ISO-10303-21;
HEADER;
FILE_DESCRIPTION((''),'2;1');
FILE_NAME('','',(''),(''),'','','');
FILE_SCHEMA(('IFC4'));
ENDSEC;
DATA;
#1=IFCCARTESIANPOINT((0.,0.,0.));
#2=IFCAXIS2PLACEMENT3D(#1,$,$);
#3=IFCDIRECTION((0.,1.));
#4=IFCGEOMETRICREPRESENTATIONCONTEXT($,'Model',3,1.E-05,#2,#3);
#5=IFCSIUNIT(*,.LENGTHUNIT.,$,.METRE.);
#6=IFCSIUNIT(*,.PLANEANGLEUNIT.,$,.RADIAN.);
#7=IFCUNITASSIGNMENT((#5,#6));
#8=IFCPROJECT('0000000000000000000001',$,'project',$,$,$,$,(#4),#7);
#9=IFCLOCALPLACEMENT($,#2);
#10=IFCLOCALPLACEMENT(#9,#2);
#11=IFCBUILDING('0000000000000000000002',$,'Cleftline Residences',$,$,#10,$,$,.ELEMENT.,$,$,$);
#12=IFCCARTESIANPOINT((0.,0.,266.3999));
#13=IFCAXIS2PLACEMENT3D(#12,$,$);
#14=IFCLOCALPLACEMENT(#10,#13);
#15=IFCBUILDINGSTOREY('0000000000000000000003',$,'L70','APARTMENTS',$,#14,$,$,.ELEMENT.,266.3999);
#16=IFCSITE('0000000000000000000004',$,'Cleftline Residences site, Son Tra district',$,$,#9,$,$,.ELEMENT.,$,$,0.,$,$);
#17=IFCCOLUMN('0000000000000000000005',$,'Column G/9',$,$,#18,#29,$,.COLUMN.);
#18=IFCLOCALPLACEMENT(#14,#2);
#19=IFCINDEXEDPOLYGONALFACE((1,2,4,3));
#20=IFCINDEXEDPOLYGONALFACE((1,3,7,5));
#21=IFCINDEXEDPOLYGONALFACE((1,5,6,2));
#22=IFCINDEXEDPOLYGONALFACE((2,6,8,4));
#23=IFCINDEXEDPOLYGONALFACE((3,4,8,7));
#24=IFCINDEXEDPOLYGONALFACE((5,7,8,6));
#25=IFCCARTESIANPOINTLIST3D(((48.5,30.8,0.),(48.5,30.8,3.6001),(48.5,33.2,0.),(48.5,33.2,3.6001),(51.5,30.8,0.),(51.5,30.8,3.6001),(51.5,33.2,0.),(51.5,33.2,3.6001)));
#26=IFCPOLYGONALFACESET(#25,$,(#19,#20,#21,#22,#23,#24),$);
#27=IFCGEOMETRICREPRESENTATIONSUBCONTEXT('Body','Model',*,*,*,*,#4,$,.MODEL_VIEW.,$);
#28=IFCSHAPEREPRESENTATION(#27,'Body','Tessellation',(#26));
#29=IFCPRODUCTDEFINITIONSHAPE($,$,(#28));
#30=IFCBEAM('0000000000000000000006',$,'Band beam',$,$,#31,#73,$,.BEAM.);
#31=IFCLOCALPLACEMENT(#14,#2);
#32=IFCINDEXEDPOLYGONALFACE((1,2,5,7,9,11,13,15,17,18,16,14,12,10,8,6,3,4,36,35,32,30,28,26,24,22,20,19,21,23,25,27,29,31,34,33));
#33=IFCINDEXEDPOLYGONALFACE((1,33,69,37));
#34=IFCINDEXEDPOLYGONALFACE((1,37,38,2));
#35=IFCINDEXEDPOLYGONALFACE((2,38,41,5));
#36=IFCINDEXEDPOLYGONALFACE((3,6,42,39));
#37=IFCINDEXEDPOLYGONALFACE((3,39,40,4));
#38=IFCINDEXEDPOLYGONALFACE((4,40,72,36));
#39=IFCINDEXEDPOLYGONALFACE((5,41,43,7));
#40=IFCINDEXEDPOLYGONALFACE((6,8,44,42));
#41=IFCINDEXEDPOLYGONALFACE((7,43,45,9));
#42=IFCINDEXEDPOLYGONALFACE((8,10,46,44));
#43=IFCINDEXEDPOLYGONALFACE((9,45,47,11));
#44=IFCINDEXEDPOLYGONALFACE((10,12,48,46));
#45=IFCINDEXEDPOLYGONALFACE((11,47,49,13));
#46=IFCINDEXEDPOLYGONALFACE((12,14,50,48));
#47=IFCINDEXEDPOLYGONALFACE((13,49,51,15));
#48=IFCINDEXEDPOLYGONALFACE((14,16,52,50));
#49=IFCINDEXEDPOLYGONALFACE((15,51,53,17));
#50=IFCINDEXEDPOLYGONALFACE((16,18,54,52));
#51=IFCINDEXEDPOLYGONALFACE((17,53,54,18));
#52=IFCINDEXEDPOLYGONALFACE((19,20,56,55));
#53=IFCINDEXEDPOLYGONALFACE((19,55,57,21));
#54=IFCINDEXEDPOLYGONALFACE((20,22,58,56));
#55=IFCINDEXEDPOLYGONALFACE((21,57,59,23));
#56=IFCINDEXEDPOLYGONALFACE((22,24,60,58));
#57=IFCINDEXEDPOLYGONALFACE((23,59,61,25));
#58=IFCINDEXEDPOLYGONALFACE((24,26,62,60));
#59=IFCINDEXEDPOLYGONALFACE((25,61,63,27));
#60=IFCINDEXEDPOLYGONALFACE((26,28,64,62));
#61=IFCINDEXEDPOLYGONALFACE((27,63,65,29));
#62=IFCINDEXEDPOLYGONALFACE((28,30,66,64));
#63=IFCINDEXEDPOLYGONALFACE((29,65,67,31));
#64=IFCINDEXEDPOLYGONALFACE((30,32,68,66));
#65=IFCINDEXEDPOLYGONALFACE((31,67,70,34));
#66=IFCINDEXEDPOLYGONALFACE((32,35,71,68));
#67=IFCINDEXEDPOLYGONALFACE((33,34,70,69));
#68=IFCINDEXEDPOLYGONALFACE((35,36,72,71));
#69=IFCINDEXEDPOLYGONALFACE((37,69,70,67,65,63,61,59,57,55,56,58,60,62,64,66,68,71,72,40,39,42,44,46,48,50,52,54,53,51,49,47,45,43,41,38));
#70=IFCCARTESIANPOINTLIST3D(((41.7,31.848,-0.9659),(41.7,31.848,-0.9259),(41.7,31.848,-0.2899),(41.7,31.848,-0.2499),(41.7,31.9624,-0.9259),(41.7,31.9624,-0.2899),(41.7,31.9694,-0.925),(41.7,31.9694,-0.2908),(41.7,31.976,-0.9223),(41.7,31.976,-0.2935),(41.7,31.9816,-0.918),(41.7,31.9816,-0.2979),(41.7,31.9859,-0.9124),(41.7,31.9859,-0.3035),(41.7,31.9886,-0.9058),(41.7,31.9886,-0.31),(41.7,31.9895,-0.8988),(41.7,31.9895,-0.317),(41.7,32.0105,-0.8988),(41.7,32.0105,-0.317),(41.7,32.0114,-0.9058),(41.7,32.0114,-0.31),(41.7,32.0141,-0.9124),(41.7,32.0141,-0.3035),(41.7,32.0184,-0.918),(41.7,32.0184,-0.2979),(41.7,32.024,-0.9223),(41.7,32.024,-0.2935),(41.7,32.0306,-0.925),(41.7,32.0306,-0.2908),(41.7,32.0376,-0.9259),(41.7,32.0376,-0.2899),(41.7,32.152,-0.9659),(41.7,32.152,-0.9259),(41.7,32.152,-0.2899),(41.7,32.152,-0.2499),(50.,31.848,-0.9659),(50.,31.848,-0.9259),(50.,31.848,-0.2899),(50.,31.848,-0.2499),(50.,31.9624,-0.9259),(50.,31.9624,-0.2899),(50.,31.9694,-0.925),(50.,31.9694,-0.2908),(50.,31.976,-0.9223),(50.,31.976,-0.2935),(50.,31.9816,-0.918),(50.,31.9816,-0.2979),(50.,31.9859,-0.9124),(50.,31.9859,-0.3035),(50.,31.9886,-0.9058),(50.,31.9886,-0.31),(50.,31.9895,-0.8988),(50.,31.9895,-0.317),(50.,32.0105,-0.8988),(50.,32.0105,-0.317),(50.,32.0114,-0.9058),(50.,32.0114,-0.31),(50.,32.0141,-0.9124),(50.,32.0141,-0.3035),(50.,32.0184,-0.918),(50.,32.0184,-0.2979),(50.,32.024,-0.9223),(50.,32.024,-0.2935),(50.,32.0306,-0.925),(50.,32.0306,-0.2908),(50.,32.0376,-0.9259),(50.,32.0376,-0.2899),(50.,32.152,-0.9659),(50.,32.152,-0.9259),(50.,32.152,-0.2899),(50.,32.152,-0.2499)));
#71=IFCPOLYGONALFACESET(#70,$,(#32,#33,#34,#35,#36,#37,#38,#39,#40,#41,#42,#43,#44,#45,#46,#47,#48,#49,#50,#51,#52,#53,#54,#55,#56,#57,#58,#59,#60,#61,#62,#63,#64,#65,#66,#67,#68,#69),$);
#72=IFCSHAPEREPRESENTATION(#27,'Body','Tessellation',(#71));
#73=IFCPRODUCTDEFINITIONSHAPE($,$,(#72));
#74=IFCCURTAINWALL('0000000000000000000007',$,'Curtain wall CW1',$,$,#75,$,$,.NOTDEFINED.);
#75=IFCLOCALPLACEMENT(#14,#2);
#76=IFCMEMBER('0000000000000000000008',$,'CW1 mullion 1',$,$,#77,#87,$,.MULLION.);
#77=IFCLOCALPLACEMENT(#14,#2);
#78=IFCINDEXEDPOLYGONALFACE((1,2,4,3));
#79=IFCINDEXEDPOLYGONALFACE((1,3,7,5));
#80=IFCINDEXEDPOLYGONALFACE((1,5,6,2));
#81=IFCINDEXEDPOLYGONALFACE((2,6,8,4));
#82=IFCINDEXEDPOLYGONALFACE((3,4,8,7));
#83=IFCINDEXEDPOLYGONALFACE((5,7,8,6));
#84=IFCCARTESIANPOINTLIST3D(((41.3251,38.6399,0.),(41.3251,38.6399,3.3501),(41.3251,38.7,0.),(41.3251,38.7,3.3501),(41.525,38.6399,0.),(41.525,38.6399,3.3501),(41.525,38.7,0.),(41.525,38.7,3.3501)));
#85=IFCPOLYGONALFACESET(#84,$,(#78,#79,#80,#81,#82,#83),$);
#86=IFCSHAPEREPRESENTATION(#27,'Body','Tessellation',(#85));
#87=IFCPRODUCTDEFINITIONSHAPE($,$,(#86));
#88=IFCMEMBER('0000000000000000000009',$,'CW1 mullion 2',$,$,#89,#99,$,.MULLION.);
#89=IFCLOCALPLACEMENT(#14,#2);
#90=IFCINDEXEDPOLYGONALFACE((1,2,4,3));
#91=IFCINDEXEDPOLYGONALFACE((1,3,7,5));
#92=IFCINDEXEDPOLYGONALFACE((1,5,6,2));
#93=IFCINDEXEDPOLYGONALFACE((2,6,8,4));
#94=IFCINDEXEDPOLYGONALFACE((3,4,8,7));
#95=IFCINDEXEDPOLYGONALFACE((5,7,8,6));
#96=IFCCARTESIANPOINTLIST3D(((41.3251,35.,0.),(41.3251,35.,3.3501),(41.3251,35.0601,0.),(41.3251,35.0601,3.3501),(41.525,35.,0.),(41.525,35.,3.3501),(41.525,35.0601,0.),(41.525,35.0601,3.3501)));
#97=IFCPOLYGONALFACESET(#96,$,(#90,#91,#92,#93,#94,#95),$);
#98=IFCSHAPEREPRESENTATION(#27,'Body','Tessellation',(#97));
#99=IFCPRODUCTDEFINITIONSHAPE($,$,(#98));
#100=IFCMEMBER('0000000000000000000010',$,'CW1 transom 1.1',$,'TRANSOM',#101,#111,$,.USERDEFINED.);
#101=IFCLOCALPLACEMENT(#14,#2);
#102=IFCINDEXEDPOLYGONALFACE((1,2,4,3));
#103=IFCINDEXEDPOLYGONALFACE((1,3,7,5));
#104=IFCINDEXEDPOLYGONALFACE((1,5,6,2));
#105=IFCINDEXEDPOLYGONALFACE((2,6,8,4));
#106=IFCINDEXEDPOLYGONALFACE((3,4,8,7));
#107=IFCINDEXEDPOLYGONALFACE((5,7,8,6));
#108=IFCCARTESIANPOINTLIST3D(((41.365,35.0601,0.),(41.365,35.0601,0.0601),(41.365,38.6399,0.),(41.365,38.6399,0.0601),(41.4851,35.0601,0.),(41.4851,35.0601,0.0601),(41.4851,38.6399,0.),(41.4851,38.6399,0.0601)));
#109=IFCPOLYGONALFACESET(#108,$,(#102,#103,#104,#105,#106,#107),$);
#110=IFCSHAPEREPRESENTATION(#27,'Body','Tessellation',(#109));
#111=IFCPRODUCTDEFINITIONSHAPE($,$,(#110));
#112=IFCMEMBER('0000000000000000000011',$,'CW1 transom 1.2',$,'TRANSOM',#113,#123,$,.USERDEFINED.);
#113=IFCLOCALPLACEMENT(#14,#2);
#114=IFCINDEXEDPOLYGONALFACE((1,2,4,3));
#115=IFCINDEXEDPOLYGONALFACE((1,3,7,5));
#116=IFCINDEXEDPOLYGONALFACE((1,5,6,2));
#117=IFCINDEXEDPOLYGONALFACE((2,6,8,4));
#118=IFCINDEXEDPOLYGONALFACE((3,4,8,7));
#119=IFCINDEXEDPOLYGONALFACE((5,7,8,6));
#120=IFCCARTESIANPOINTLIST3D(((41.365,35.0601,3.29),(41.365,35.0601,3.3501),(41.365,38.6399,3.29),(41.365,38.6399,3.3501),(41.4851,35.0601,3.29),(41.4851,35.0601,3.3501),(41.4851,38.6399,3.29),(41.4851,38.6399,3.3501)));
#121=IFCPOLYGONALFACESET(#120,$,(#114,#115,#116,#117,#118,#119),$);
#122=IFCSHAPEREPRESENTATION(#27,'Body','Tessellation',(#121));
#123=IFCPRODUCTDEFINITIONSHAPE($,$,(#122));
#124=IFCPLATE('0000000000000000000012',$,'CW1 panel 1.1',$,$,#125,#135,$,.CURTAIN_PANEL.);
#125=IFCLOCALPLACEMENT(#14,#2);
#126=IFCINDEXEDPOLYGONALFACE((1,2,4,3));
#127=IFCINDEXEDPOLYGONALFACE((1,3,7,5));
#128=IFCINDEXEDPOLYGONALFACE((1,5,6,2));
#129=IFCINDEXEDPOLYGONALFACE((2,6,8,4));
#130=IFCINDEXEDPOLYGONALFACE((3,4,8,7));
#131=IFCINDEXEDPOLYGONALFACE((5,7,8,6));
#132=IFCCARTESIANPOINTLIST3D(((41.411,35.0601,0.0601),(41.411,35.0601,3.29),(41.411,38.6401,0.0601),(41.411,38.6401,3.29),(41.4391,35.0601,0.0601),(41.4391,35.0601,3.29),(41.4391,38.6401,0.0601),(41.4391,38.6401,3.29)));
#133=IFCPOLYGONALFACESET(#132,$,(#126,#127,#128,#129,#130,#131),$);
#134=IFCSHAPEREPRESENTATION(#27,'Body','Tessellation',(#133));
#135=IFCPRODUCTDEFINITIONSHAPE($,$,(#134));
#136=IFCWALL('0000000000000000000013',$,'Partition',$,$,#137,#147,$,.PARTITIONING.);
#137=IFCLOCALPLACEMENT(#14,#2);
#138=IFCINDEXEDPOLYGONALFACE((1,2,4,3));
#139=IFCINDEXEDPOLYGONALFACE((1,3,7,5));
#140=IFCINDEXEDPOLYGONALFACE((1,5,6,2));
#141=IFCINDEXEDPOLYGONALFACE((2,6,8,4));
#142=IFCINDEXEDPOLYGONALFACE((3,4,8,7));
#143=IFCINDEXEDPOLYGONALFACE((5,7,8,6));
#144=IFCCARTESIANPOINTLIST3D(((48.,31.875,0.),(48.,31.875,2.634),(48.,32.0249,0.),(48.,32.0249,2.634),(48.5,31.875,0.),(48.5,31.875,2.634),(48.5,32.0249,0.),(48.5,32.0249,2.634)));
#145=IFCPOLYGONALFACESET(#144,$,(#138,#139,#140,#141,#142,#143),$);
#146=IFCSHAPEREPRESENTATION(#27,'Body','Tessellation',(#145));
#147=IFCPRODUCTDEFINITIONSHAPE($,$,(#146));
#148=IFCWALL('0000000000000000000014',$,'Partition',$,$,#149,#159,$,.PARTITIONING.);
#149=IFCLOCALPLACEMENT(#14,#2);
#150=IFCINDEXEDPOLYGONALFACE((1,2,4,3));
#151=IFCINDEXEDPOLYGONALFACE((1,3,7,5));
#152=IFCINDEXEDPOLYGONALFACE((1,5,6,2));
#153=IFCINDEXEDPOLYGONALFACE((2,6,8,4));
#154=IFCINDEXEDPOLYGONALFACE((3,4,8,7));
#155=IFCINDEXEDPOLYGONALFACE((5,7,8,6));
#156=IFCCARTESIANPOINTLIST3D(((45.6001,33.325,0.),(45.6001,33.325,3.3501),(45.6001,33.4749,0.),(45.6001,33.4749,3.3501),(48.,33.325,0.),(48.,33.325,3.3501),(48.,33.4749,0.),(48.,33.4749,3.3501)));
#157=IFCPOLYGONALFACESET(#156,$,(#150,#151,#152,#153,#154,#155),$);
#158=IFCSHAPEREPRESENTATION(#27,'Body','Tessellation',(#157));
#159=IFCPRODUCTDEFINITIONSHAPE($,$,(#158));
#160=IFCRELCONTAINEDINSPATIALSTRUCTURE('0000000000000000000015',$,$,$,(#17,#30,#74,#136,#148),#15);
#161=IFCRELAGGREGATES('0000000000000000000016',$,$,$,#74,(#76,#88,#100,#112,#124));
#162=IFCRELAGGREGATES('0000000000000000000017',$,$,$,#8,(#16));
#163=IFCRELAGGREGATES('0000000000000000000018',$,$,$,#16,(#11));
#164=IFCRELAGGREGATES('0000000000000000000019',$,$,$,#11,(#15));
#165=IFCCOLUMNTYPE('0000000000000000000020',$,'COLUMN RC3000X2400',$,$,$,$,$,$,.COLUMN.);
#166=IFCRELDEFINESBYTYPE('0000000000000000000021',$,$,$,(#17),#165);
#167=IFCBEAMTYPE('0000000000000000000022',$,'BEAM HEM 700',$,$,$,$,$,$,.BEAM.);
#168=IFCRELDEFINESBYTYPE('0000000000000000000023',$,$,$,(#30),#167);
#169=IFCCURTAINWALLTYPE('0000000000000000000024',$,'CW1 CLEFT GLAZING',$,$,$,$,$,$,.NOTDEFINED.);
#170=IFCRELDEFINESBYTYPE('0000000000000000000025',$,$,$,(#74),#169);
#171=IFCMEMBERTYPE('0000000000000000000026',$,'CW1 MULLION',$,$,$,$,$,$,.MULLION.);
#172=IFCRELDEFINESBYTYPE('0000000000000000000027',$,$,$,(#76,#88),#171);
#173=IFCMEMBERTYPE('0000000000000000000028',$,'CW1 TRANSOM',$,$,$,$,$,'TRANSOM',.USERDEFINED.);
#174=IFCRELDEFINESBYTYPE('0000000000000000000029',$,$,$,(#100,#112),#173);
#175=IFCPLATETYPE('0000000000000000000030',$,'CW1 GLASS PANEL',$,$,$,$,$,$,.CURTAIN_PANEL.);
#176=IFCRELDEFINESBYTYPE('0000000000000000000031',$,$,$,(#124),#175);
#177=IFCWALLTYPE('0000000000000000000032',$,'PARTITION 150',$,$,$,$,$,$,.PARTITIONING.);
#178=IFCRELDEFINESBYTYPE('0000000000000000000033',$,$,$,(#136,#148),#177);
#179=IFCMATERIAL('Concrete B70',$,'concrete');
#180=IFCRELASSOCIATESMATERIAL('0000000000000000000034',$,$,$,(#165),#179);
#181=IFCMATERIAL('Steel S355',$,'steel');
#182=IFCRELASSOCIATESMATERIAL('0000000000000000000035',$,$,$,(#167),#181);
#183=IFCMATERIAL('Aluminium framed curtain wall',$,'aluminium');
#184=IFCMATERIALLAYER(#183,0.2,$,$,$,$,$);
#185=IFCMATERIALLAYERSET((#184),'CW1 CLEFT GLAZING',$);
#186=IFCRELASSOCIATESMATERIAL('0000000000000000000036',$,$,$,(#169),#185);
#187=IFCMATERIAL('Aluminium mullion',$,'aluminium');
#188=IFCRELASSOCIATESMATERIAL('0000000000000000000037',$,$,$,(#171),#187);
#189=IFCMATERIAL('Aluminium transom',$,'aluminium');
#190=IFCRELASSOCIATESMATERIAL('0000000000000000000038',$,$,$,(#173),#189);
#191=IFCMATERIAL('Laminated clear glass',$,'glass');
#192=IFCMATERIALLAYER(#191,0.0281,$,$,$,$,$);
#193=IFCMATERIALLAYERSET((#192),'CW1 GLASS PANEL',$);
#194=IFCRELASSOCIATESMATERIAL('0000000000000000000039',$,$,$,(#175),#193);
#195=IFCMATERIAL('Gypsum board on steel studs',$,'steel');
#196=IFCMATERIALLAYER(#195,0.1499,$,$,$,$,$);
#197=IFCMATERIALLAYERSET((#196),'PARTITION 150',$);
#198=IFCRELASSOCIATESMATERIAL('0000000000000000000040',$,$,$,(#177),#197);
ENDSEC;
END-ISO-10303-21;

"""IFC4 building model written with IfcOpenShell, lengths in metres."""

from ifc_helpers import new_model, si_unit, direction, frame, frame_2d, origin, origin_2d, place, context, subcontext, project, spatial, rectangle, i_section, extrude, material, layer, layer_set, material_profile, profile_set, type_object, element, aggregate, save


model = new_model("IFC4")

# Units and contexts
model_context = context("Model", 3, precision=1e-05, world=origin(), true_north=direction((0.0, 1.0)))
body_context = subcontext(model_context, "Body", "Model", "MODEL_VIEW")
ifc_project = project(units=[si_unit("LENGTHUNIT", "METRE"), si_unit("PLANEANGLEUNIT", "RADIAN")], contexts=[model_context])

# Site, building, storey
site_placement = place(None, origin())
site = spatial("IfcSite", under=ifc_project, at=site_placement, Name="Cleftline Residences site, Son Tra district", CompositionType="ELEMENT", RefElevation=0.0)
building_placement = place(site_placement, origin())
building = spatial("IfcBuilding", under=site, at=building_placement, Name="Cleftline Residences", CompositionType="ELEMENT")
storey_placement = place(building_placement, frame((0.0, 0.0, 266.3999)))
storey = spatial("IfcBuildingStorey", under=building, at=storey_placement, Name="L70", Description="APARTMENTS", CompositionType="ELEMENT", Elevation=266.3999)

# Column
ifc_material_1 = material(Name="Concrete B70", Category="concrete")
ifc_material_profile_1 = material_profile(ifc_material_1, rectangle(XDim=3.0, YDim=2.3999, at=origin_2d()))
ifc_profile_set_1 = profile_set([ifc_material_profile_1], Name="Concrete B70")
column_type = type_object("IfcColumnType", Name="COLUMN RC3000X2400", PredefinedType="COLUMN", material=ifc_profile_set_1)
column_placement = place(storey_placement, frame((50.0, 32.0, 0.0), z_axis=(0.0, 0.0, 1.0), x_axis=(1.0, 0.0, 0.0)))
element("IfcColumn", 1, at=column_placement, inside=storey, type_object=column_type, Name="Column G/9", PredefinedType="COLUMN", context=body_context, shape_type="SweptSolid", body=[
    extrude(rectangle(XDim=3.0, YDim=2.3999, at=origin_2d()), origin(), (0.0, 0.0, 1.0), 3.6001),
])

# Beam
ifc_material_2 = material(Name="Steel S355", Category="steel")
ifc_material_profile_2 = material_profile(ifc_material_2, i_section(OverallWidth=0.304, OverallDepth=0.7161, WebThickness=0.021, FlangeThickness=0.04, FilletRadius=0.0271, at=origin_2d()))
ifc_profile_set_2 = profile_set([ifc_material_profile_2], Name="Steel S355")
beam_type = type_object("IfcBeamType", Name="BEAM HEM 700", PredefinedType="BEAM", material=ifc_profile_set_2)
beam_placement = place(storey_placement, frame((50.0, 32.0, -0.6079), z_axis=(-1.0, 0.0, 0.0), x_axis=(0.0, -1.0, 0.0)))
element("IfcBeam", 2, at=beam_placement, inside=storey, type_object=beam_type, Name="Band beam", PredefinedType="BEAM", context=body_context, shape_type="SweptSolid", body=[
    extrude(i_section(OverallWidth=0.304, OverallDepth=0.7161, WebThickness=0.021, FlangeThickness=0.04, FilletRadius=0.0271, at=origin_2d()), origin(), (0.0, 0.0, 1.0), 8.3),
])

# Curtain wall, members, plate
ifc_material_3 = material(Name="Aluminium framed curtain wall", Category="aluminium")
ifc_layer_1 = layer(ifc_material_3, 0.2)
ifc_layer_set_1 = layer_set([ifc_layer_1], Name="CW1 CLEFT GLAZING")
curtain_wall_type = type_object("IfcCurtainWallType", Name="CW1 CLEFT GLAZING", PredefinedType="NOTDEFINED", material=ifc_layer_set_1)
curtain_wall_placement = place(storey_placement, origin())
curtain_wall = element("IfcCurtainWall", 3, at=curtain_wall_placement, inside=storey, type_object=curtain_wall_type, Name="Curtain wall CW1", PredefinedType="NOTDEFINED")
ifc_material_4 = material(Name="Aluminium mullion", Category="aluminium")
ifc_material_profile_3 = material_profile(ifc_material_4, rectangle(XDim=0.2, YDim=0.0601, at=origin_2d()))
ifc_profile_set_3 = profile_set([ifc_material_profile_3], Name="Aluminium mullion")
member_type_1 = type_object("IfcMemberType", Name="CW1 MULLION", PredefinedType="MULLION", material=ifc_profile_set_3)
member_1_placement = place(storey_placement, frame((41.425, 38.6699, 0.0), z_axis=(0.0, 0.0, 1.0), x_axis=(1.0, 0.0, 0.0)))
member_1 = element("IfcMember", 4, at=member_1_placement, type_object=member_type_1, Name="CW1 mullion 1", PredefinedType="MULLION", context=body_context, shape_type="SweptSolid", body=[
    extrude(rectangle(XDim=0.2, YDim=0.0601, at=origin_2d()), origin(), (0.0, 0.0, 1.0), 3.3501),
])
member_2_placement = place(storey_placement, frame((41.425, 35.03, 0.0), z_axis=(0.0, 0.0, 1.0), x_axis=(1.0, 0.0, 0.0)))
member_2 = element("IfcMember", 5, at=member_2_placement, type_object=member_type_1, Name="CW1 mullion 2", PredefinedType="MULLION", context=body_context, shape_type="SweptSolid", body=[
    extrude(rectangle(XDim=0.2, YDim=0.0601, at=origin_2d()), origin(), (0.0, 0.0, 1.0), 3.3501),
])
ifc_material_5 = material(Name="Aluminium transom", Category="aluminium")
ifc_material_profile_4 = material_profile(ifc_material_5, rectangle(XDim=0.1201, YDim=0.0601, at=origin_2d()))
ifc_profile_set_4 = profile_set([ifc_material_profile_4], Name="Aluminium transom")
member_type_2 = type_object("IfcMemberType", Name="CW1 TRANSOM", ElementType="TRANSOM", PredefinedType="USERDEFINED", material=ifc_profile_set_4)
member_3_placement = place(storey_placement, frame((41.425, 38.6399, 0.03), z_axis=(0.0, -1.0, 0.0), x_axis=(1.0, 0.0, 0.0)))
member_3 = element("IfcMember", 6, at=member_3_placement, type_object=member_type_2, Name="CW1 transom 1.1", ObjectType="TRANSOM", PredefinedType="USERDEFINED", context=body_context, shape_type="SweptSolid", body=[
    extrude(rectangle(XDim=0.1201, YDim=0.0601, at=origin_2d()), origin(), (0.0, 0.0, 1.0), 3.5798),
])
member_4_placement = place(storey_placement, frame((41.425, 38.6399, 3.3201), z_axis=(0.0, -1.0, 0.0), x_axis=(1.0, 0.0, 0.0)))
member_4 = element("IfcMember", 7, at=member_4_placement, type_object=member_type_2, Name="CW1 transom 1.2", ObjectType="TRANSOM", PredefinedType="USERDEFINED", context=body_context, shape_type="SweptSolid", body=[
    extrude(rectangle(XDim=0.1201, YDim=0.0601, at=origin_2d()), origin(), (0.0, 0.0, 1.0), 3.5798),
])
ifc_material_6 = material(Name="Laminated clear glass", Category="glass")
ifc_layer_2 = layer(ifc_material_6, 0.0281)
ifc_layer_set_2 = layer_set([ifc_layer_2], Name="CW1 GLASS PANEL")
plate_type = type_object("IfcPlateType", Name="CW1 GLASS PANEL", PredefinedType="CURTAIN_PANEL", material=ifc_layer_set_2)
plate_placement = place(storey_placement, frame((41.425, 36.8501, 0.0601), z_axis=(0.0, 0.0, 1.0), x_axis=(0.0, -1.0, 0.0)))
plate = element("IfcPlate", 8, at=plate_placement, type_object=plate_type, Name="CW1 panel 1.1", PredefinedType="CURTAIN_PANEL", context=body_context, shape_type="SweptSolid", body=[
    extrude(rectangle(XDim=3.5801, YDim=0.0281, at=origin_2d()), origin(), (0.0, 0.0, 1.0), 3.23),
])
aggregate(curtain_wall, [member_1, member_2, member_3, member_4, plate])

# Walls
ifc_material_7 = material(Name="Gypsum board on steel studs", Category="steel")
ifc_layer_3 = layer(ifc_material_7, 0.1499)
ifc_layer_set_3 = layer_set([ifc_layer_3], Name="PARTITION 150")
wall_type = type_object("IfcWallType", Name="PARTITION 150", PredefinedType="PARTITIONING", material=ifc_layer_set_3)
wall_1_placement = place(storey_placement, frame((48.0, 31.95, 0.0), z_axis=(0.0, 0.0, 1.0), x_axis=(1.0, 0.0, 0.0)))
element("IfcWall", 9, at=wall_1_placement, inside=storey, type_object=wall_type, Name="Partition", PredefinedType="PARTITIONING", context=body_context, shape_type="SweptSolid", body=[
    extrude(rectangle(XDim=0.5, YDim=0.1499, at=frame_2d((0.25, 0.0))), origin(), (0.0, 0.0, 1.0), 2.634),
])
wall_2_placement = place(storey_placement, frame((45.6001, 33.3999, 0.0), z_axis=(0.0, 0.0, 1.0), x_axis=(1.0, 0.0, 0.0)))
element("IfcWall", 10, at=wall_2_placement, inside=storey, type_object=wall_type, Name="Partition", PredefinedType="PARTITIONING", context=body_context, shape_type="SweptSolid", body=[
    extrude(rectangle(XDim=2.3999, YDim=0.1499, at=frame_2d((1.2, 0.0))), origin(), (0.0, 0.0, 1.0), 3.3501),
])

save(model, "model.ifc")
